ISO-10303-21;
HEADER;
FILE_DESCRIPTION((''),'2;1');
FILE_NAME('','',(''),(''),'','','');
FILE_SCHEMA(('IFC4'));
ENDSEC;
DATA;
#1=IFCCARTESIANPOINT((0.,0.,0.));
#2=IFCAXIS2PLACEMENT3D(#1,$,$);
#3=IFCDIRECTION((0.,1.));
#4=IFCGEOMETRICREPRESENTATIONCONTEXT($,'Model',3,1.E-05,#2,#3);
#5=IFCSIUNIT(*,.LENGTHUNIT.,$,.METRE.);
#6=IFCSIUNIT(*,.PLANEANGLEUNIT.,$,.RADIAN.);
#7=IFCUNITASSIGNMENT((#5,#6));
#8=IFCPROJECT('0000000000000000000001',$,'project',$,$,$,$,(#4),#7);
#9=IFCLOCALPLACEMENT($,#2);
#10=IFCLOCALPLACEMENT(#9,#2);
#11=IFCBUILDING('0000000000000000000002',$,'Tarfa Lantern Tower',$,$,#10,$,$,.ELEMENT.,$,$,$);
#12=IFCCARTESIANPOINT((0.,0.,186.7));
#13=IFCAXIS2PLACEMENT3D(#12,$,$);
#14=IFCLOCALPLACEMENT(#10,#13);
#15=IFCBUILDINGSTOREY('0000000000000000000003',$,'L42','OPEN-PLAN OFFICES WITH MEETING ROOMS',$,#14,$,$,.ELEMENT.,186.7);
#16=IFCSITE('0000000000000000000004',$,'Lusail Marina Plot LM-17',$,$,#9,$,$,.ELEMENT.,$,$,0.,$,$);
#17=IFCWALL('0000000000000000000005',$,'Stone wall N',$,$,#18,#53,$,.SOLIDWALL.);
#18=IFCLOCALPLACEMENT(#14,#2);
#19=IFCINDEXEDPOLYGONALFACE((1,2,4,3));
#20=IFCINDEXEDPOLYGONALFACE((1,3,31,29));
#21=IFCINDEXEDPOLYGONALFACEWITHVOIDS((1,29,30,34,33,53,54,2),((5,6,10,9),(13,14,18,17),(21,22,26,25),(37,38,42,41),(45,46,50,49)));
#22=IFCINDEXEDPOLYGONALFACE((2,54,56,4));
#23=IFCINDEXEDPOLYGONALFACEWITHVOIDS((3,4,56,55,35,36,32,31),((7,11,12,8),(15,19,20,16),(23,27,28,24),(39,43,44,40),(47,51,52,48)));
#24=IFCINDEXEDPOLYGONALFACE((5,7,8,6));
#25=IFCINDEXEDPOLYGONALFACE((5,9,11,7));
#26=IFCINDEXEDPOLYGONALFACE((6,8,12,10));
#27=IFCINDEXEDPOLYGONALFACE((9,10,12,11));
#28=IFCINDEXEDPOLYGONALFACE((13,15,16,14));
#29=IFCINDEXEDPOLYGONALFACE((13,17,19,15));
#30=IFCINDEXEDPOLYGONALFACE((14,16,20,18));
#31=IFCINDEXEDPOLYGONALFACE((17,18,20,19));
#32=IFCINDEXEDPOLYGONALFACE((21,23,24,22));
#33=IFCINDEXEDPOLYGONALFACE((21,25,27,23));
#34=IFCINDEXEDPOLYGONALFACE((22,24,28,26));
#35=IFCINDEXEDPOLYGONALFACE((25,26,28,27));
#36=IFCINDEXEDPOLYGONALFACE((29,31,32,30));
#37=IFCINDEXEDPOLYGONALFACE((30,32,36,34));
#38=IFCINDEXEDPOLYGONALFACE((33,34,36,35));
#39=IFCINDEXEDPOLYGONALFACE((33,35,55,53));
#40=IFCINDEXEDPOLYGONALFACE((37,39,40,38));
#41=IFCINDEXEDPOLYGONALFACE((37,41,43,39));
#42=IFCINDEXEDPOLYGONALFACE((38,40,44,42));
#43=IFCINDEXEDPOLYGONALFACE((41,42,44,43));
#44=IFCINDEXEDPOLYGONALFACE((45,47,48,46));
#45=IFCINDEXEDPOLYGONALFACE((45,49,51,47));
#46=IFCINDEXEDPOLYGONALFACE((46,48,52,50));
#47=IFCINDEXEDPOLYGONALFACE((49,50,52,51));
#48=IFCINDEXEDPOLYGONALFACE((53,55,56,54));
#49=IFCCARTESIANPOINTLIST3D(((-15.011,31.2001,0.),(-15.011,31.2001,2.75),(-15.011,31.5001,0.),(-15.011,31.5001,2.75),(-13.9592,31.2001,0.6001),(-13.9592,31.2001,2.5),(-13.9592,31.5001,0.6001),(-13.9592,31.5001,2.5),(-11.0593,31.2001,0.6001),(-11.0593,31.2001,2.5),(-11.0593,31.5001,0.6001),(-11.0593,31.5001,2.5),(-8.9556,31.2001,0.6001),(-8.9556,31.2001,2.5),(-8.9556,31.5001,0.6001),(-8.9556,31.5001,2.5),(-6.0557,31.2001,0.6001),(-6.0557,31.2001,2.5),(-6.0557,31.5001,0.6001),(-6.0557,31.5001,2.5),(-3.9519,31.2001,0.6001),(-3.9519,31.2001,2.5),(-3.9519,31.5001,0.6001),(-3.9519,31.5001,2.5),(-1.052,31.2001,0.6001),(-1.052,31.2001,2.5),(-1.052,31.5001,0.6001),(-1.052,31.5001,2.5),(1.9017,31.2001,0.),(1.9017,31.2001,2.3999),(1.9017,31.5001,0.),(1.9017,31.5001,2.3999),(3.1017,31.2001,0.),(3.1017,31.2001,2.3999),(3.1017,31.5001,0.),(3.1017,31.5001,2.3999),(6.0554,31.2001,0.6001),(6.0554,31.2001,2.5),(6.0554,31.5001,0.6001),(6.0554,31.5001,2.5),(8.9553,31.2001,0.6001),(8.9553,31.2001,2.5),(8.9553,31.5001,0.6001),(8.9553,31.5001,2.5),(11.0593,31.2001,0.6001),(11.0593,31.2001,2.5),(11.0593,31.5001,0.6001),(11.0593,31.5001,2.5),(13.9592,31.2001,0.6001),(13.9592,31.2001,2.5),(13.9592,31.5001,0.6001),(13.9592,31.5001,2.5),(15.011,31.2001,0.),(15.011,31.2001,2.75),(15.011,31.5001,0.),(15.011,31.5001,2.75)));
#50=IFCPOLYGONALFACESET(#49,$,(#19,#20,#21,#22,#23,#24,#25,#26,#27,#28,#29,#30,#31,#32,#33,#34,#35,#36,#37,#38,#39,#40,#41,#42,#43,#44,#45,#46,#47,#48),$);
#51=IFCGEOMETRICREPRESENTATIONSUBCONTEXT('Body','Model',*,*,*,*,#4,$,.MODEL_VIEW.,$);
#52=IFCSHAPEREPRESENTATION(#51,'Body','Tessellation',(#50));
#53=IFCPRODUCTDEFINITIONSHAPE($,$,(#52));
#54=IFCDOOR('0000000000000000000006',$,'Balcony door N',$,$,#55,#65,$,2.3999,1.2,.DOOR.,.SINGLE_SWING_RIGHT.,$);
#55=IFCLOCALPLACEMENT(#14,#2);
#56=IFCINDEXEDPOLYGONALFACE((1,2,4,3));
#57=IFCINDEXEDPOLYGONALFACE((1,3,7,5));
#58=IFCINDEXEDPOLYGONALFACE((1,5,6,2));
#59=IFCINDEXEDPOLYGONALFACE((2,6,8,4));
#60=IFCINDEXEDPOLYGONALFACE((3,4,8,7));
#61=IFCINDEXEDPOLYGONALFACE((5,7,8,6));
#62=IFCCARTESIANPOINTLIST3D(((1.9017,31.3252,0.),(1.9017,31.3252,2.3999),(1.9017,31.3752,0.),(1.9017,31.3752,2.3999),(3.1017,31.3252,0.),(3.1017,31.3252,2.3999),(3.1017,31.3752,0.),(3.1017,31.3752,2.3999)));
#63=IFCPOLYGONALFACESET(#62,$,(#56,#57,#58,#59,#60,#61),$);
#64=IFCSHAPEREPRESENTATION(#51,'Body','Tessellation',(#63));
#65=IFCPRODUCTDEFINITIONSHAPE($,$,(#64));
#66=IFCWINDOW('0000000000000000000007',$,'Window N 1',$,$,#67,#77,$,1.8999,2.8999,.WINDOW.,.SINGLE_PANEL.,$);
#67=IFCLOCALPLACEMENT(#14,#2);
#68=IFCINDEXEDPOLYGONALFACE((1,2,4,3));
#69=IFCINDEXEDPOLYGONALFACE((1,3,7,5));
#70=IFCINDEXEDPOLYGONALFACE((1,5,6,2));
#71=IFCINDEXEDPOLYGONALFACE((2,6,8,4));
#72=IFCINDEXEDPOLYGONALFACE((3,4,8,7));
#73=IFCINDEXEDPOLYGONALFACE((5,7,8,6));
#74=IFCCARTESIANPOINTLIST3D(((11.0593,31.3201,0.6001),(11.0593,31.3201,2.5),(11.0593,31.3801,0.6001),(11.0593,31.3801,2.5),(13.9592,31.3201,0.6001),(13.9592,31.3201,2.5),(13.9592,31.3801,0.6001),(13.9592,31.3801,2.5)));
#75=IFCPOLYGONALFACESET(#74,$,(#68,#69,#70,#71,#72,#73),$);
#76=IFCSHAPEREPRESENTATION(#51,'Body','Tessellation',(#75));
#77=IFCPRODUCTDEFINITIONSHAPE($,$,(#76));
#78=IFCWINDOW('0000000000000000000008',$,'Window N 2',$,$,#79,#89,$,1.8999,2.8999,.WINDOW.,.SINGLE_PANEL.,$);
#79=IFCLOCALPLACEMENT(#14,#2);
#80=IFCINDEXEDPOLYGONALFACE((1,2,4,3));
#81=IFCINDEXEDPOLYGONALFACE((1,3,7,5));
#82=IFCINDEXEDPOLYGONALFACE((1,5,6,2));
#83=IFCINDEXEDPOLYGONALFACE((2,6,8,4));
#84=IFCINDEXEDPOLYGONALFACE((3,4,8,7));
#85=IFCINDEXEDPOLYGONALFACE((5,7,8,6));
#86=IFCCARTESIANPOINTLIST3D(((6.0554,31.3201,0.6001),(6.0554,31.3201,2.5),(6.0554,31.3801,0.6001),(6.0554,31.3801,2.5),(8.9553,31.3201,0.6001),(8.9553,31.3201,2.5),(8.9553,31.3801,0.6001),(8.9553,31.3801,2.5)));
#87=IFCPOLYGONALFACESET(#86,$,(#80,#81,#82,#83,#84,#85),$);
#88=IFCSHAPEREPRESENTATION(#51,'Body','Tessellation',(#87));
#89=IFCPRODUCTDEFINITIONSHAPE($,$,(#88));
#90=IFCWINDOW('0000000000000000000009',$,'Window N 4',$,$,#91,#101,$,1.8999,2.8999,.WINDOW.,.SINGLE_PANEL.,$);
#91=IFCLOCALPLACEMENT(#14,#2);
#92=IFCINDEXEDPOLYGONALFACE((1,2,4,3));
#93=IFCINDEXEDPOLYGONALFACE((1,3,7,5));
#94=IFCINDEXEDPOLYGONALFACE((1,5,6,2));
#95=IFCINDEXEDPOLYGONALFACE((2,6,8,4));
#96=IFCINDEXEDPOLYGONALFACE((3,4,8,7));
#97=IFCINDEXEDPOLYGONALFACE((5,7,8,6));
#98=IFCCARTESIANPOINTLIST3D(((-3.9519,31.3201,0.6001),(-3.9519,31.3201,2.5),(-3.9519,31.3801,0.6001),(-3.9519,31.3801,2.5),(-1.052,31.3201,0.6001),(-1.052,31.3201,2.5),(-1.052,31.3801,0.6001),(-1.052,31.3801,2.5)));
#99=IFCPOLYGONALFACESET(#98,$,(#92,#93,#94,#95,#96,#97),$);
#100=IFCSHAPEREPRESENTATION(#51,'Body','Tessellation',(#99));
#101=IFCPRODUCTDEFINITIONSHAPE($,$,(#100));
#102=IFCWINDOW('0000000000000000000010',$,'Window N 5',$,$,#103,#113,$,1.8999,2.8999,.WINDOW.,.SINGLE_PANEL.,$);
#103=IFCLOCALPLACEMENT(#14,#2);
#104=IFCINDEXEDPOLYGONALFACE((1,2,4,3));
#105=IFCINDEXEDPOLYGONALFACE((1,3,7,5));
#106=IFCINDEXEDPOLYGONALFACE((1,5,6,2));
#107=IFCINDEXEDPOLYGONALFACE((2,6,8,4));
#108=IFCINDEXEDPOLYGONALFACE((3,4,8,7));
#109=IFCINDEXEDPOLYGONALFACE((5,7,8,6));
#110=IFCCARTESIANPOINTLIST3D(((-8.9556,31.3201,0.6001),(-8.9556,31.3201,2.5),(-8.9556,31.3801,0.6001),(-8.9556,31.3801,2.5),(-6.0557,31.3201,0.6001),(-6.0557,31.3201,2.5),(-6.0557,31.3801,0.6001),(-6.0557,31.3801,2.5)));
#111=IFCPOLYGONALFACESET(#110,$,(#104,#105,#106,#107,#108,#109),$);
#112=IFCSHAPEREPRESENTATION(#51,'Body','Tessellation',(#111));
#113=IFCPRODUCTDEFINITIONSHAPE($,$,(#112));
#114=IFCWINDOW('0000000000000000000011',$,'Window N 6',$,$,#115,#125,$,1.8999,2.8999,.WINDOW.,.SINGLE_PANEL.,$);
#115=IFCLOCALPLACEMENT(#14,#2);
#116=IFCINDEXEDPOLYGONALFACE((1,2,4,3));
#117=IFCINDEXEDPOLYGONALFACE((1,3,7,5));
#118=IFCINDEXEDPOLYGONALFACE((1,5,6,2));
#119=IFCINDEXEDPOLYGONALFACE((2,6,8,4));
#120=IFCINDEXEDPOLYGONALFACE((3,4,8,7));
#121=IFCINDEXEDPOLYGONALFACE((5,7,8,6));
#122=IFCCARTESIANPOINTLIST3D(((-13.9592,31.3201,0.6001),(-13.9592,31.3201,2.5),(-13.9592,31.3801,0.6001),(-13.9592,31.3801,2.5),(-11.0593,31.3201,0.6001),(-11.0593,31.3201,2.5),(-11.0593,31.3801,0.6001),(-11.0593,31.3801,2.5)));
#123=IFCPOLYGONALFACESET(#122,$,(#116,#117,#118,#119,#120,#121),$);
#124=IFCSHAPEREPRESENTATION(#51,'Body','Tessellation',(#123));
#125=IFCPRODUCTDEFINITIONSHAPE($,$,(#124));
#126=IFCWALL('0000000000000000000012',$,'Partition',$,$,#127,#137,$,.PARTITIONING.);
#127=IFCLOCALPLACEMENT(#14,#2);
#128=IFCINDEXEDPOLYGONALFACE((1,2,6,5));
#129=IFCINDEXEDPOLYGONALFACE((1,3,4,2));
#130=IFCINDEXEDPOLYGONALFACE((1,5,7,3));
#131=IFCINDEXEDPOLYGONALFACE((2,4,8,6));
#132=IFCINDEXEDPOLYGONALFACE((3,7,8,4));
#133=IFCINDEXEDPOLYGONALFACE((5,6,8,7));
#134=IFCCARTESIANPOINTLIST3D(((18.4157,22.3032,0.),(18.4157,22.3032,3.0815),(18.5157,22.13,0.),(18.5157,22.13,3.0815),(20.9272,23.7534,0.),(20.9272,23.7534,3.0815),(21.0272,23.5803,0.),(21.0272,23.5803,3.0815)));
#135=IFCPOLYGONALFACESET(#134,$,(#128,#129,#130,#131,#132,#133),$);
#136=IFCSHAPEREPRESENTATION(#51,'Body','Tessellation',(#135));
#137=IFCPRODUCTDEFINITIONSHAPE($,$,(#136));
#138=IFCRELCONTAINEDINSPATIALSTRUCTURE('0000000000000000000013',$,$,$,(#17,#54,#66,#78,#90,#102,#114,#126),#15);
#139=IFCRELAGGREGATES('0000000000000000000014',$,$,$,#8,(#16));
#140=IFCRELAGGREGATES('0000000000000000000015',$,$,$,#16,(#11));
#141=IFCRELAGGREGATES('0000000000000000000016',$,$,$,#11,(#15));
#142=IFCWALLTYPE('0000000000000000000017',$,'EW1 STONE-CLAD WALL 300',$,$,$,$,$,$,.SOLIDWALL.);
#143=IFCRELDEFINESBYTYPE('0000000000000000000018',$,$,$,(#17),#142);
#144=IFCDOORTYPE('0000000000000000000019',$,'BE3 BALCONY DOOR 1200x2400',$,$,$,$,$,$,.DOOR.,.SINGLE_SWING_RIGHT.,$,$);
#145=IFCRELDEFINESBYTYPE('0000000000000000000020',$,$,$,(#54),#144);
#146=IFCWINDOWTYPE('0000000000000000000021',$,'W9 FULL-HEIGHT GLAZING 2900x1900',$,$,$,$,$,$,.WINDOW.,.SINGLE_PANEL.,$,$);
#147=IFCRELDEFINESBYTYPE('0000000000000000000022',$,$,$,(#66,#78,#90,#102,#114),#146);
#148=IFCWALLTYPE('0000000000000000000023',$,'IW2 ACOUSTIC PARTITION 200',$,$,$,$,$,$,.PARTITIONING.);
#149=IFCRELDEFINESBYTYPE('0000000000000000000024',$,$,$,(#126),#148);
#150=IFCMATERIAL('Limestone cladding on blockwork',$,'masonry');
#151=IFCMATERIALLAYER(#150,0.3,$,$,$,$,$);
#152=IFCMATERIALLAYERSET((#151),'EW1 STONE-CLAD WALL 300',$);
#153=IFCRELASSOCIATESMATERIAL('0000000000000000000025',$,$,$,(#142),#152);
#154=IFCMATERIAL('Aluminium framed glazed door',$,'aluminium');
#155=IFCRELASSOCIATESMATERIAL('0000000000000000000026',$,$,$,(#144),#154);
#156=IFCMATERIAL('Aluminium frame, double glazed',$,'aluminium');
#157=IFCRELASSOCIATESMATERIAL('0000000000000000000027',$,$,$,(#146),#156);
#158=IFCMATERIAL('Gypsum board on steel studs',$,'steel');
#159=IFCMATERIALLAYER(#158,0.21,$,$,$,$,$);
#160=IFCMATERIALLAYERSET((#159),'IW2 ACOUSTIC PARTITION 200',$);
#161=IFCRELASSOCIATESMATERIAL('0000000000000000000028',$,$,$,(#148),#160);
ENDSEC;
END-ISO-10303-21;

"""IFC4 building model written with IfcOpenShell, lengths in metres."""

from ifc_helpers import new_model, si_unit, direction, frame, frame_2d, origin, place, context, subcontext, project, spatial, rectangle, extrude, material, layer, layer_set, type_object, element, fill, save


model = new_model("IFC4")

# Units and contexts
model_context = context("Model", 3, precision=1e-05, world=origin(), true_north=direction((0.0, 1.0)))
body_context = subcontext(model_context, "Body", "Model", "MODEL_VIEW")
ifc_project = project(units=[si_unit("LENGTHUNIT", "METRE"), si_unit("PLANEANGLEUNIT", "RADIAN")], contexts=[model_context])

# Site, building, storey
site_placement = place(None, origin())
site = spatial("IfcSite", under=ifc_project, at=site_placement, Name="Lusail Marina Plot LM-17", CompositionType="ELEMENT", RefElevation=0.0)
building_placement = place(site_placement, origin())
building = spatial("IfcBuilding", under=site, at=building_placement, Name="Tarfa Lantern Tower", CompositionType="ELEMENT")
storey_placement = place(building_placement, frame((0.0, 0.0, 186.7)))
storey = spatial("IfcBuildingStorey", under=building, at=storey_placement, Name="L42", Description="OPEN-PLAN OFFICES WITH MEETING ROOMS", CompositionType="ELEMENT", Elevation=186.7)

# Wall, openings, door, windows
ifc_material_1 = material(Name="Limestone cladding on blockwork", Category="masonry")
ifc_layer_1 = layer(ifc_material_1, 0.3)
ifc_layer_set_1 = layer_set([ifc_layer_1], Name="EW1 STONE-CLAD WALL 300")
wall_type_1 = type_object("IfcWallType", Name="EW1 STONE-CLAD WALL 300", PredefinedType="SOLIDWALL", material=ifc_layer_set_1)
wall_1_placement = place(storey_placement, frame((15.011, 31.3501, 0.0), z_axis=(0.0, 0.0, 1.0), x_axis=(-1.0, 0.0, 0.0)))
wall_1 = element("IfcWall", 1, at=wall_1_placement, inside=storey, type_object=wall_type_1, Name="Stone wall N", PredefinedType="SOLIDWALL", context=body_context, shape_type="SweptSolid", body=[
    extrude(rectangle(XDim=30.022, YDim=0.3, at=frame_2d((15.011, 0.0))), origin(), (0.0, 0.0, 1.0), 2.75),
])
opening_1_placement = place(wall_1_placement, frame((1.0518, 0.0, 0.6001)))
opening_1 = element("IfcOpeningElement", 2, at=opening_1_placement, cuts=wall_1, PredefinedType="OPENING", context=body_context, shape_type="SweptSolid", body=[
    extrude(rectangle(XDim=2.8999, YDim=1.8999, at=frame_2d((1.45, 0.95))), frame((0.0, 0.1599, 0.0), z_axis=(0.0, -1.0, 0.0), x_axis=(1.0, 0.0, 0.0)), (0.0, 0.0, 1.0), 0.3201),
])
opening_2_placement = place(wall_1_placement, frame((6.0557, 0.0, 0.6001)))
opening_2 = element("IfcOpeningElement", 3, at=opening_2_placement, cuts=wall_1, PredefinedType="OPENING", context=body_context, shape_type="SweptSolid", body=[
    extrude(rectangle(XDim=2.8999, YDim=1.8999, at=frame_2d((1.45, 0.95))), frame((0.0, 0.1599, 0.0), z_axis=(0.0, -1.0, 0.0), x_axis=(1.0, 0.0, 0.0)), (0.0, 0.0, 1.0), 0.3201),
])
opening_3_placement = place(wall_1_placement, frame((11.9092, 0.0, 0.0)))
opening_3 = element("IfcOpeningElement", 4, at=opening_3_placement, cuts=wall_1, PredefinedType="OPENING", context=body_context, shape_type="SweptSolid", body=[
    extrude(rectangle(XDim=1.2, YDim=2.3999, at=frame_2d((0.6001, 1.2))), frame((0.0, 0.1599, 0.0), z_axis=(0.0, -1.0, 0.0), x_axis=(1.0, 0.0, 0.0)), (0.0, 0.0, 1.0), 0.3201),
])
opening_4_placement = place(wall_1_placement, frame((16.063, 0.0, 0.6001)))
opening_4 = element("IfcOpeningElement", 5, at=opening_4_placement, cuts=wall_1, PredefinedType="OPENING", context=body_context, shape_type="SweptSolid", body=[
    extrude(rectangle(XDim=2.8999, YDim=1.8999, at=frame_2d((1.45, 0.95))), frame((0.0, 0.1599, 0.0), z_axis=(0.0, -1.0, 0.0), x_axis=(1.0, 0.0, 0.0)), (0.0, 0.0, 1.0), 0.3201),
])
opening_5_placement = place(wall_1_placement, frame((21.0667, 0.0, 0.6001)))
opening_5 = element("IfcOpeningElement", 6, at=opening_5_placement, cuts=wall_1, PredefinedType="OPENING", context=body_context, shape_type="SweptSolid", body=[
    extrude(rectangle(XDim=2.8999, YDim=1.8999, at=frame_2d((1.45, 0.95))), frame((0.0, 0.1599, 0.0), z_axis=(0.0, -1.0, 0.0), x_axis=(1.0, 0.0, 0.0)), (0.0, 0.0, 1.0), 0.3201),
])
opening_6_placement = place(wall_1_placement, frame((26.0703, 0.0, 0.6001)))
opening_6 = element("IfcOpeningElement", 7, at=opening_6_placement, cuts=wall_1, PredefinedType="OPENING", context=body_context, shape_type="SweptSolid", body=[
    extrude(rectangle(XDim=2.8999, YDim=1.8999, at=frame_2d((1.45, 0.95))), frame((0.0, 0.1599, 0.0), z_axis=(0.0, -1.0, 0.0), x_axis=(1.0, 0.0, 0.0)), (0.0, 0.0, 1.0), 0.3201),
])
ifc_material_2 = material(Name="Aluminium framed glazed door", Category="aluminium")
door_type = type_object("IfcDoorType", Name="BE3 BALCONY DOOR 1200x2400", OperationType="SINGLE_SWING_RIGHT", PredefinedType="DOOR", material=ifc_material_2)
door_placement = place(opening_3_placement, origin())
door = element("IfcDoor", 8, at=door_placement, inside=storey, type_object=door_type, Name="Balcony door N", OperationType="SINGLE_SWING_RIGHT", OverallHeight=2.3999, OverallWidth=1.2, PredefinedType="DOOR", context=body_context, shape_type="SweptSolid", body=[
    extrude(rectangle(XDim=1.2, YDim=2.3999, at=frame_2d((0.6001, 1.2))), frame((0.0, 0.0249, 0.0), z_axis=(0.0, -1.0, 0.0), x_axis=(1.0, 0.0, 0.0)), (0.0, 0.0, 1.0), 0.05),
])
fill(opening_3, door)
ifc_material_3 = material(Name="Aluminium frame, double glazed", Category="aluminium")
window_type = type_object("IfcWindowType", Name="W9 FULL-HEIGHT GLAZING 2900x1900", PartitioningType="SINGLE_PANEL", PredefinedType="WINDOW", material=ifc_material_3)
window_1_placement = place(opening_1_placement, origin())
window_1 = element("IfcWindow", 9, at=window_1_placement, inside=storey, type_object=window_type, Name="Window N 1", OverallHeight=1.8999, OverallWidth=2.8999, PartitioningType="SINGLE_PANEL", PredefinedType="WINDOW", context=body_context, shape_type="SweptSolid", body=[
    extrude(rectangle(XDim=2.8999, YDim=1.8999, at=frame_2d((1.45, 0.95))), frame((0.0, 0.03, 0.0), z_axis=(0.0, -1.0, 0.0), x_axis=(1.0, 0.0, 0.0)), (0.0, 0.0, 1.0), 0.0601),
])
fill(opening_1, window_1)
window_2_placement = place(opening_2_placement, origin())
window_2 = element("IfcWindow", 10, at=window_2_placement, inside=storey, type_object=window_type, Name="Window N 2", OverallHeight=1.8999, OverallWidth=2.8999, PartitioningType="SINGLE_PANEL", PredefinedType="WINDOW", context=body_context, shape_type="SweptSolid", body=[
    extrude(rectangle(XDim=2.8999, YDim=1.8999, at=frame_2d((1.45, 0.95))), frame((0.0, 0.03, 0.0), z_axis=(0.0, -1.0, 0.0), x_axis=(1.0, 0.0, 0.0)), (0.0, 0.0, 1.0), 0.0601),
])
fill(opening_2, window_2)
window_3_placement = place(opening_4_placement, origin())
window_3 = element("IfcWindow", 11, at=window_3_placement, inside=storey, type_object=window_type, Name="Window N 4", OverallHeight=1.8999, OverallWidth=2.8999, PartitioningType="SINGLE_PANEL", PredefinedType="WINDOW", context=body_context, shape_type="SweptSolid", body=[
    extrude(rectangle(XDim=2.8999, YDim=1.8999, at=frame_2d((1.45, 0.95))), frame((0.0, 0.03, 0.0), z_axis=(0.0, -1.0, 0.0), x_axis=(1.0, 0.0, 0.0)), (0.0, 0.0, 1.0), 0.0601),
])
fill(opening_4, window_3)
window_4_placement = place(opening_5_placement, origin())
window_4 = element("IfcWindow", 12, at=window_4_placement, inside=storey, type_object=window_type, Name="Window N 5", OverallHeight=1.8999, OverallWidth=2.8999, PartitioningType="SINGLE_PANEL", PredefinedType="WINDOW", context=body_context, shape_type="SweptSolid", body=[
    extrude(rectangle(XDim=2.8999, YDim=1.8999, at=frame_2d((1.45, 0.95))), frame((0.0, 0.03, 0.0), z_axis=(0.0, -1.0, 0.0), x_axis=(1.0, 0.0, 0.0)), (0.0, 0.0, 1.0), 0.0601),
])
fill(opening_5, window_4)
window_5_placement = place(opening_6_placement, origin())
window_5 = element("IfcWindow", 13, at=window_5_placement, inside=storey, type_object=window_type, Name="Window N 6", OverallHeight=1.8999, OverallWidth=2.8999, PartitioningType="SINGLE_PANEL", PredefinedType="WINDOW", context=body_context, shape_type="SweptSolid", body=[
    extrude(rectangle(XDim=2.8999, YDim=1.8999, at=frame_2d((1.45, 0.95))), frame((0.0, 0.03, 0.0), z_axis=(0.0, -1.0, 0.0), x_axis=(1.0, 0.0, 0.0)), (0.0, 0.0, 1.0), 0.0601),
])
fill(opening_6, window_5)

# Wall
ifc_material_4 = material(Name="Gypsum board on steel studs", Category="steel")
ifc_layer_2 = layer(ifc_material_4, 0.21)
ifc_layer_set_2 = layer_set([ifc_layer_2], Name="IW2 ACOUSTIC PARTITION 200")
wall_type_2 = type_object("IfcWallType", Name="IW2 ACOUSTIC PARTITION 200", PredefinedType="PARTITIONING", material=ifc_layer_set_2)
wall_2_placement = place(storey_placement, frame((18.4656, 22.2166, 0.0), z_axis=(0.0, 0.0, 1.0), x_axis=(0.865996, 0.50005, 0.0)))
element("IfcWall", 14, at=wall_2_placement, inside=storey, type_object=wall_type_2, Name="Partition", PredefinedType="PARTITIONING", context=body_context, shape_type="SweptSolid", body=[
    extrude(rectangle(XDim=2.9001, YDim=0.2, at=frame_2d((1.4502, 0.0))), origin(), (0.0, 0.0, 1.0), 3.0815),
])

save(model, "model.ifc")
